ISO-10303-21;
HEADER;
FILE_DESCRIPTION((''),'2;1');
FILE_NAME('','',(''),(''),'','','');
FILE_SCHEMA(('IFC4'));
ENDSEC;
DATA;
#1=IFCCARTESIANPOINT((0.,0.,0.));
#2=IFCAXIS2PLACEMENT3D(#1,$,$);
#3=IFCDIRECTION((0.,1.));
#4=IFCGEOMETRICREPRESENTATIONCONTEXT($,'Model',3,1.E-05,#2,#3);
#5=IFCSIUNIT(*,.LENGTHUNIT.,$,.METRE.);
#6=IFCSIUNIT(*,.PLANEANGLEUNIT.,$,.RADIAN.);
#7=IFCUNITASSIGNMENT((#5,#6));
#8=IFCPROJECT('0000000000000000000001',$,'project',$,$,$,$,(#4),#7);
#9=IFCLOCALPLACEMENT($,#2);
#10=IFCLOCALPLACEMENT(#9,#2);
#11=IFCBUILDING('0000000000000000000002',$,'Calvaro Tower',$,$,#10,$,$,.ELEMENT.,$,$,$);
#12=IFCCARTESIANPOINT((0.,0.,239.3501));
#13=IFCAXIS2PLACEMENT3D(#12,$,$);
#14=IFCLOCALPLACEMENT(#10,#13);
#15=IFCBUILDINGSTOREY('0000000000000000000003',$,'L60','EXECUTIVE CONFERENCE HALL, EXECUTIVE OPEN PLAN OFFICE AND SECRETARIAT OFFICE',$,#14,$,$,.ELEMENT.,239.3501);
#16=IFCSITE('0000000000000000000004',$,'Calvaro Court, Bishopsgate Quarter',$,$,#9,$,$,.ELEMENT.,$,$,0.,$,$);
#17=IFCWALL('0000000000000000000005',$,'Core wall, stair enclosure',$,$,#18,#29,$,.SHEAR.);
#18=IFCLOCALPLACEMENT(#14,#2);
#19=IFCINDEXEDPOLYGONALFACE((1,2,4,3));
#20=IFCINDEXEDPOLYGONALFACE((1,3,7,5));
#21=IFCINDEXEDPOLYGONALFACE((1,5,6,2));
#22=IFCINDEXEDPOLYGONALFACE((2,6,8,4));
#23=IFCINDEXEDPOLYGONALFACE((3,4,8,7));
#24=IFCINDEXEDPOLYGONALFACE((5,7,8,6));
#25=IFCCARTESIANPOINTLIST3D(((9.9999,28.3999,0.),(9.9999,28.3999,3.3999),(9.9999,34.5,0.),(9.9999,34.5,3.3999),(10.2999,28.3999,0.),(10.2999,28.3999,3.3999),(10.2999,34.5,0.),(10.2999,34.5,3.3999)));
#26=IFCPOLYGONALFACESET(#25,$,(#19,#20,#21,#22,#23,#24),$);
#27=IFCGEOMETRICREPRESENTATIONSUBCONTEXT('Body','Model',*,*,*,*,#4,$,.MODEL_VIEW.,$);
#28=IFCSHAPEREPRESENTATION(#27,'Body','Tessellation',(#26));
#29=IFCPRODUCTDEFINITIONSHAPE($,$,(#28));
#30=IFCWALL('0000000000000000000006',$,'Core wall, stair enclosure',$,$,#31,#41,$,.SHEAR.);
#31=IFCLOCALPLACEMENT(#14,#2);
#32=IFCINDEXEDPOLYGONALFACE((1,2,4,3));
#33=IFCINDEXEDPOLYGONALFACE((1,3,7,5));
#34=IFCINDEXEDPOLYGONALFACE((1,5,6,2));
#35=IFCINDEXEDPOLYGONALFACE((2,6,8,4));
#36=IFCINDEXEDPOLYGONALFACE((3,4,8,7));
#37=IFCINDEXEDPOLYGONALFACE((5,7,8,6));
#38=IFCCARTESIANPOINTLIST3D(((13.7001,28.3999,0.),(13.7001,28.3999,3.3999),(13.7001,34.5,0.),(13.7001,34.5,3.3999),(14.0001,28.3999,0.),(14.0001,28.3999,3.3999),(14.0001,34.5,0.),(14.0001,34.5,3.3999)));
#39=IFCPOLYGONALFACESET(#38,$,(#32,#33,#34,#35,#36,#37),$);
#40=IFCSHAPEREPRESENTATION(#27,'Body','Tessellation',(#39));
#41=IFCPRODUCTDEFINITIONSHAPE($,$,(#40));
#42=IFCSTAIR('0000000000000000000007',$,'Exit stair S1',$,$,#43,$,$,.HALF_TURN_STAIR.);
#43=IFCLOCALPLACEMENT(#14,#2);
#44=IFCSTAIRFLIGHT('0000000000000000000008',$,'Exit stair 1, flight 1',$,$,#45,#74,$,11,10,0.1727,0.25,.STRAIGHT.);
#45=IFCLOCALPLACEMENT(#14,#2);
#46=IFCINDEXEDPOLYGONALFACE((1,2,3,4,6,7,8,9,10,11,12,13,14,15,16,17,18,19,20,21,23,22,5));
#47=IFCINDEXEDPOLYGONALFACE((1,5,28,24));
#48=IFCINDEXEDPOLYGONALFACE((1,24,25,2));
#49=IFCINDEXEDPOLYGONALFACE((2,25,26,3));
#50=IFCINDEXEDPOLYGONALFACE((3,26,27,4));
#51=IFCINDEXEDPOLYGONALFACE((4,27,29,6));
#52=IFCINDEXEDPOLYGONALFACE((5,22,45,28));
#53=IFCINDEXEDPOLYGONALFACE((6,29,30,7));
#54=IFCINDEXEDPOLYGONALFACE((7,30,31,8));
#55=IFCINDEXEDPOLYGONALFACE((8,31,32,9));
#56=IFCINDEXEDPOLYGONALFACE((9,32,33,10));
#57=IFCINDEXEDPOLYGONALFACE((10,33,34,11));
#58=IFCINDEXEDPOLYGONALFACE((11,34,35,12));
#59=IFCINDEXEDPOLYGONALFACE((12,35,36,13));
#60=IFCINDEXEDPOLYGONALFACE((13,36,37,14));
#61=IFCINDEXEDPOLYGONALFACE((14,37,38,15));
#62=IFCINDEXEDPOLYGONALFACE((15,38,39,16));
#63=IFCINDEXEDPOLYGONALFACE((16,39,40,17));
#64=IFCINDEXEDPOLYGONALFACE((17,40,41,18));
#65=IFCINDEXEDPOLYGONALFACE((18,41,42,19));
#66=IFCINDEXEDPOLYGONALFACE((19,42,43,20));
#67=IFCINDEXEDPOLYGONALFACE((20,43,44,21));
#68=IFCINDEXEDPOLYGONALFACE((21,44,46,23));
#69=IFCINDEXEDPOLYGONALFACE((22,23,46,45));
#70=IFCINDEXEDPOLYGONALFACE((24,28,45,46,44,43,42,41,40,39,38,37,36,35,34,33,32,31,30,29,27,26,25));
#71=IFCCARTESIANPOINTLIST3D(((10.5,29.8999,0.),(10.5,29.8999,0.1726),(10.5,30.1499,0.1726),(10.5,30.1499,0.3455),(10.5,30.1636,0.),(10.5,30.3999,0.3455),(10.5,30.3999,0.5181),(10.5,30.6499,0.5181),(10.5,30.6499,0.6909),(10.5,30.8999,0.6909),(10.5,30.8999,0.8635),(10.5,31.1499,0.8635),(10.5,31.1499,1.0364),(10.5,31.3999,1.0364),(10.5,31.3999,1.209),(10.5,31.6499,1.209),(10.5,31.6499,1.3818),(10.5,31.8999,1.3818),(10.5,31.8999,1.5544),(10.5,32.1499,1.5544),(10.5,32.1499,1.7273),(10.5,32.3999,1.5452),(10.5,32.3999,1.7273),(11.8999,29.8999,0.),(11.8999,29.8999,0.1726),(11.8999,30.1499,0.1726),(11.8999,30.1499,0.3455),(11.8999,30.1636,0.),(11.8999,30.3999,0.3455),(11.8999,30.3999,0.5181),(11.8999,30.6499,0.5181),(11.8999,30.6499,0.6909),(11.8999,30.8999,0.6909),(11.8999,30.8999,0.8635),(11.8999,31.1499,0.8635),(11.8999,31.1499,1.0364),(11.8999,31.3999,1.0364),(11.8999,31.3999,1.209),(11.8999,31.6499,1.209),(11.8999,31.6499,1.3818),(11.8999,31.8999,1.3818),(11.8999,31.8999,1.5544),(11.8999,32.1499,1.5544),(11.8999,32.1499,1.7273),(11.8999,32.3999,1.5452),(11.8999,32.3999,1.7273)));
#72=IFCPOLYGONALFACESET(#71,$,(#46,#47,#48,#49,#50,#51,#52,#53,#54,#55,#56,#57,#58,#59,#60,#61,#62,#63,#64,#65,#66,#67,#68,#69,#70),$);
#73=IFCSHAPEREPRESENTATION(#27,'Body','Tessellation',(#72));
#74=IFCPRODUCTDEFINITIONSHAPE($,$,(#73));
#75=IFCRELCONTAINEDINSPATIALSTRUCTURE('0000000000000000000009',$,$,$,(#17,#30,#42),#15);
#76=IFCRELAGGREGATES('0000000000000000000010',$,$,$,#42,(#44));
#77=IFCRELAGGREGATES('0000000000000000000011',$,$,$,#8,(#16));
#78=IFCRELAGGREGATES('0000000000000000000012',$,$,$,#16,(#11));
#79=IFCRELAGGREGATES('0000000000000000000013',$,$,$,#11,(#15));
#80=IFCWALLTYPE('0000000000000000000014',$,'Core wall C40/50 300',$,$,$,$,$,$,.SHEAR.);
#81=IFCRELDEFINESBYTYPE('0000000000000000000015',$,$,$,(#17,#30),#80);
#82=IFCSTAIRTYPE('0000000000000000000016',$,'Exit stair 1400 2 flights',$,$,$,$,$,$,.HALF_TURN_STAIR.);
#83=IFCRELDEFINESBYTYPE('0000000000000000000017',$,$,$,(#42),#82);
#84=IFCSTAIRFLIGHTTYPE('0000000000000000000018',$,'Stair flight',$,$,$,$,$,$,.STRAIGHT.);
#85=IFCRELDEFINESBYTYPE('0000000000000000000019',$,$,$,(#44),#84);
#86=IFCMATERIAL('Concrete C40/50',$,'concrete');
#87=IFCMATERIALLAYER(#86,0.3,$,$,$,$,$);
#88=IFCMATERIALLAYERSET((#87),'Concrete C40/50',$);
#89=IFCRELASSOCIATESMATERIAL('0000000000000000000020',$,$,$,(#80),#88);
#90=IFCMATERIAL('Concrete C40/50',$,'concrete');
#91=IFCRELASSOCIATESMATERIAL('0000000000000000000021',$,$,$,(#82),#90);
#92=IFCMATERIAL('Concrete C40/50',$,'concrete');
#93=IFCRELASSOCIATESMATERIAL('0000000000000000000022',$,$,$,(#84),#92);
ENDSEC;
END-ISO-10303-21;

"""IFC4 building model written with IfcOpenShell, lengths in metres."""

from ifc_helpers import new_model, si_unit, direction, frame, frame_2d, origin, place, context, subcontext, project, spatial, polyline, rectangle, outline, extrude, material, layer, layer_set, type_object, element, aggregate, save


model = new_model("IFC4")

# Units and contexts
model_context = context("Model", 3, precision=1e-05, world=origin(), true_north=direction((0.0, 1.0)))
body_context = subcontext(model_context, "Body", "Model", "MODEL_VIEW")
ifc_project = project(units=[si_unit("LENGTHUNIT", "METRE"), si_unit("PLANEANGLEUNIT", "RADIAN")], contexts=[model_context])

# Site, building, storey
site_placement = place(None, origin())
site = spatial("IfcSite", under=ifc_project, at=site_placement, Name="Calvaro Court, Bishopsgate Quarter", CompositionType="ELEMENT", RefElevation=0.0)
building_placement = place(site_placement, origin())
building = spatial("IfcBuilding", under=site, at=building_placement, Name="Calvaro Tower", CompositionType="ELEMENT")
storey_placement = place(building_placement, frame((0.0, 0.0, 239.3501)))
storey = spatial("IfcBuildingStorey", under=building, at=storey_placement, Name="L60", Description="EXECUTIVE CONFERENCE HALL, EXECUTIVE OPEN PLAN OFFICE AND SECRETARIAT OFFICE", CompositionType="ELEMENT", Elevation=239.3501)

# Walls
ifc_material_1 = material(Name="Concrete C40/50", Category="concrete")
ifc_layer = layer(ifc_material_1, 0.3)
ifc_layer_set = layer_set([ifc_layer], Name="Concrete C40/50")
wall_type = type_object("IfcWallType", Name="Core wall C40/50 300", PredefinedType="SHEAR", material=ifc_layer_set)
for number, where, z_axis, x_axis, name in (
    (1, (10.1499, 28.3999, 0.0), (0.0, 0.0, 1.0), (0.0, 1.0, 0.0), "Core wall, stair enclosure"),
    (2, (13.8501, 28.3999, 0.0), (0.0, 0.0, 1.0), (0.0, 1.0, 0.0), "Core wall, stair enclosure"),
):
    element("IfcWall", number, at=place(storey_placement, frame(where, z_axis=z_axis, x_axis=x_axis)), inside=storey, type_object=wall_type, Name=name, PredefinedType="SHEAR", context=body_context, shape_type="SweptSolid", body=[
        extrude(rectangle(XDim=6.1001, YDim=0.3, at=frame_2d((3.05, 0.0))), origin(), (0.0, 0.0, 1.0), 3.3999),
    ])

# Stair, stair flight
ifc_material_2 = material(Name="Concrete C40/50", Category="concrete")
stair_type = type_object("IfcStairType", Name="Exit stair 1400 2 flights", PredefinedType="HALF_TURN_STAIR", material=ifc_material_2)
stair_placement = place(storey_placement, origin())
stair = element("IfcStair", 3, at=stair_placement, inside=storey, type_object=stair_type, Name="Exit stair S1", PredefinedType="HALF_TURN_STAIR")
ifc_material_3 = material(Name="Concrete C40/50", Category="concrete")
stair_flight_type = type_object("IfcStairFlightType", Name="Stair flight", PredefinedType="STRAIGHT", material=ifc_material_3)
stair_flight_placement = place(storey_placement, frame((11.2, 29.8999, 0.0), z_axis=(0.0, 0.0, 1.0), x_axis=(0.0, 1.0, 0.0)))
stair_flight = element("IfcStairFlight", 4, at=stair_flight_placement, type_object=stair_flight_type, Name="Exit stair 1, flight 1", NumberOfRisers=11, NumberOfTreads=10, PredefinedType="STRAIGHT", RiserHeight=0.1727, TreadLength=0.25, context=body_context, shape_type="SweptSolid", body=[
    extrude(outline(polyline([(0.0, 0.0), (0.0, 0.1726), (0.25, 0.1726), (0.25, 0.3455), (0.5, 0.3455), (0.5, 0.5181), (0.75, 0.5181), (0.75, 0.6909), (1.0, 0.6909), (1.0, 0.8635), (1.25, 0.8635), (1.25, 1.0364), (1.5, 1.0364), (1.5, 1.209), (1.75, 1.209), (1.75, 1.3818), (2.0, 1.3818), (2.0, 1.5544), (2.25, 1.5544), (2.25, 1.7273), (2.5, 1.7273), (2.5, 1.8999), (2.5, 1.5452), (0.2637, 0.0), (0.0, 0.0)])), frame((0.0, 0.7, 0.0), z_axis=(0.0, -1.0, 0.0), x_axis=(1.0, 0.0, 0.0)), (0.0, 0.0, 1.0), 1.3999),
])
aggregate(stair, [stair_flight])

save(model, "model.ifc")
